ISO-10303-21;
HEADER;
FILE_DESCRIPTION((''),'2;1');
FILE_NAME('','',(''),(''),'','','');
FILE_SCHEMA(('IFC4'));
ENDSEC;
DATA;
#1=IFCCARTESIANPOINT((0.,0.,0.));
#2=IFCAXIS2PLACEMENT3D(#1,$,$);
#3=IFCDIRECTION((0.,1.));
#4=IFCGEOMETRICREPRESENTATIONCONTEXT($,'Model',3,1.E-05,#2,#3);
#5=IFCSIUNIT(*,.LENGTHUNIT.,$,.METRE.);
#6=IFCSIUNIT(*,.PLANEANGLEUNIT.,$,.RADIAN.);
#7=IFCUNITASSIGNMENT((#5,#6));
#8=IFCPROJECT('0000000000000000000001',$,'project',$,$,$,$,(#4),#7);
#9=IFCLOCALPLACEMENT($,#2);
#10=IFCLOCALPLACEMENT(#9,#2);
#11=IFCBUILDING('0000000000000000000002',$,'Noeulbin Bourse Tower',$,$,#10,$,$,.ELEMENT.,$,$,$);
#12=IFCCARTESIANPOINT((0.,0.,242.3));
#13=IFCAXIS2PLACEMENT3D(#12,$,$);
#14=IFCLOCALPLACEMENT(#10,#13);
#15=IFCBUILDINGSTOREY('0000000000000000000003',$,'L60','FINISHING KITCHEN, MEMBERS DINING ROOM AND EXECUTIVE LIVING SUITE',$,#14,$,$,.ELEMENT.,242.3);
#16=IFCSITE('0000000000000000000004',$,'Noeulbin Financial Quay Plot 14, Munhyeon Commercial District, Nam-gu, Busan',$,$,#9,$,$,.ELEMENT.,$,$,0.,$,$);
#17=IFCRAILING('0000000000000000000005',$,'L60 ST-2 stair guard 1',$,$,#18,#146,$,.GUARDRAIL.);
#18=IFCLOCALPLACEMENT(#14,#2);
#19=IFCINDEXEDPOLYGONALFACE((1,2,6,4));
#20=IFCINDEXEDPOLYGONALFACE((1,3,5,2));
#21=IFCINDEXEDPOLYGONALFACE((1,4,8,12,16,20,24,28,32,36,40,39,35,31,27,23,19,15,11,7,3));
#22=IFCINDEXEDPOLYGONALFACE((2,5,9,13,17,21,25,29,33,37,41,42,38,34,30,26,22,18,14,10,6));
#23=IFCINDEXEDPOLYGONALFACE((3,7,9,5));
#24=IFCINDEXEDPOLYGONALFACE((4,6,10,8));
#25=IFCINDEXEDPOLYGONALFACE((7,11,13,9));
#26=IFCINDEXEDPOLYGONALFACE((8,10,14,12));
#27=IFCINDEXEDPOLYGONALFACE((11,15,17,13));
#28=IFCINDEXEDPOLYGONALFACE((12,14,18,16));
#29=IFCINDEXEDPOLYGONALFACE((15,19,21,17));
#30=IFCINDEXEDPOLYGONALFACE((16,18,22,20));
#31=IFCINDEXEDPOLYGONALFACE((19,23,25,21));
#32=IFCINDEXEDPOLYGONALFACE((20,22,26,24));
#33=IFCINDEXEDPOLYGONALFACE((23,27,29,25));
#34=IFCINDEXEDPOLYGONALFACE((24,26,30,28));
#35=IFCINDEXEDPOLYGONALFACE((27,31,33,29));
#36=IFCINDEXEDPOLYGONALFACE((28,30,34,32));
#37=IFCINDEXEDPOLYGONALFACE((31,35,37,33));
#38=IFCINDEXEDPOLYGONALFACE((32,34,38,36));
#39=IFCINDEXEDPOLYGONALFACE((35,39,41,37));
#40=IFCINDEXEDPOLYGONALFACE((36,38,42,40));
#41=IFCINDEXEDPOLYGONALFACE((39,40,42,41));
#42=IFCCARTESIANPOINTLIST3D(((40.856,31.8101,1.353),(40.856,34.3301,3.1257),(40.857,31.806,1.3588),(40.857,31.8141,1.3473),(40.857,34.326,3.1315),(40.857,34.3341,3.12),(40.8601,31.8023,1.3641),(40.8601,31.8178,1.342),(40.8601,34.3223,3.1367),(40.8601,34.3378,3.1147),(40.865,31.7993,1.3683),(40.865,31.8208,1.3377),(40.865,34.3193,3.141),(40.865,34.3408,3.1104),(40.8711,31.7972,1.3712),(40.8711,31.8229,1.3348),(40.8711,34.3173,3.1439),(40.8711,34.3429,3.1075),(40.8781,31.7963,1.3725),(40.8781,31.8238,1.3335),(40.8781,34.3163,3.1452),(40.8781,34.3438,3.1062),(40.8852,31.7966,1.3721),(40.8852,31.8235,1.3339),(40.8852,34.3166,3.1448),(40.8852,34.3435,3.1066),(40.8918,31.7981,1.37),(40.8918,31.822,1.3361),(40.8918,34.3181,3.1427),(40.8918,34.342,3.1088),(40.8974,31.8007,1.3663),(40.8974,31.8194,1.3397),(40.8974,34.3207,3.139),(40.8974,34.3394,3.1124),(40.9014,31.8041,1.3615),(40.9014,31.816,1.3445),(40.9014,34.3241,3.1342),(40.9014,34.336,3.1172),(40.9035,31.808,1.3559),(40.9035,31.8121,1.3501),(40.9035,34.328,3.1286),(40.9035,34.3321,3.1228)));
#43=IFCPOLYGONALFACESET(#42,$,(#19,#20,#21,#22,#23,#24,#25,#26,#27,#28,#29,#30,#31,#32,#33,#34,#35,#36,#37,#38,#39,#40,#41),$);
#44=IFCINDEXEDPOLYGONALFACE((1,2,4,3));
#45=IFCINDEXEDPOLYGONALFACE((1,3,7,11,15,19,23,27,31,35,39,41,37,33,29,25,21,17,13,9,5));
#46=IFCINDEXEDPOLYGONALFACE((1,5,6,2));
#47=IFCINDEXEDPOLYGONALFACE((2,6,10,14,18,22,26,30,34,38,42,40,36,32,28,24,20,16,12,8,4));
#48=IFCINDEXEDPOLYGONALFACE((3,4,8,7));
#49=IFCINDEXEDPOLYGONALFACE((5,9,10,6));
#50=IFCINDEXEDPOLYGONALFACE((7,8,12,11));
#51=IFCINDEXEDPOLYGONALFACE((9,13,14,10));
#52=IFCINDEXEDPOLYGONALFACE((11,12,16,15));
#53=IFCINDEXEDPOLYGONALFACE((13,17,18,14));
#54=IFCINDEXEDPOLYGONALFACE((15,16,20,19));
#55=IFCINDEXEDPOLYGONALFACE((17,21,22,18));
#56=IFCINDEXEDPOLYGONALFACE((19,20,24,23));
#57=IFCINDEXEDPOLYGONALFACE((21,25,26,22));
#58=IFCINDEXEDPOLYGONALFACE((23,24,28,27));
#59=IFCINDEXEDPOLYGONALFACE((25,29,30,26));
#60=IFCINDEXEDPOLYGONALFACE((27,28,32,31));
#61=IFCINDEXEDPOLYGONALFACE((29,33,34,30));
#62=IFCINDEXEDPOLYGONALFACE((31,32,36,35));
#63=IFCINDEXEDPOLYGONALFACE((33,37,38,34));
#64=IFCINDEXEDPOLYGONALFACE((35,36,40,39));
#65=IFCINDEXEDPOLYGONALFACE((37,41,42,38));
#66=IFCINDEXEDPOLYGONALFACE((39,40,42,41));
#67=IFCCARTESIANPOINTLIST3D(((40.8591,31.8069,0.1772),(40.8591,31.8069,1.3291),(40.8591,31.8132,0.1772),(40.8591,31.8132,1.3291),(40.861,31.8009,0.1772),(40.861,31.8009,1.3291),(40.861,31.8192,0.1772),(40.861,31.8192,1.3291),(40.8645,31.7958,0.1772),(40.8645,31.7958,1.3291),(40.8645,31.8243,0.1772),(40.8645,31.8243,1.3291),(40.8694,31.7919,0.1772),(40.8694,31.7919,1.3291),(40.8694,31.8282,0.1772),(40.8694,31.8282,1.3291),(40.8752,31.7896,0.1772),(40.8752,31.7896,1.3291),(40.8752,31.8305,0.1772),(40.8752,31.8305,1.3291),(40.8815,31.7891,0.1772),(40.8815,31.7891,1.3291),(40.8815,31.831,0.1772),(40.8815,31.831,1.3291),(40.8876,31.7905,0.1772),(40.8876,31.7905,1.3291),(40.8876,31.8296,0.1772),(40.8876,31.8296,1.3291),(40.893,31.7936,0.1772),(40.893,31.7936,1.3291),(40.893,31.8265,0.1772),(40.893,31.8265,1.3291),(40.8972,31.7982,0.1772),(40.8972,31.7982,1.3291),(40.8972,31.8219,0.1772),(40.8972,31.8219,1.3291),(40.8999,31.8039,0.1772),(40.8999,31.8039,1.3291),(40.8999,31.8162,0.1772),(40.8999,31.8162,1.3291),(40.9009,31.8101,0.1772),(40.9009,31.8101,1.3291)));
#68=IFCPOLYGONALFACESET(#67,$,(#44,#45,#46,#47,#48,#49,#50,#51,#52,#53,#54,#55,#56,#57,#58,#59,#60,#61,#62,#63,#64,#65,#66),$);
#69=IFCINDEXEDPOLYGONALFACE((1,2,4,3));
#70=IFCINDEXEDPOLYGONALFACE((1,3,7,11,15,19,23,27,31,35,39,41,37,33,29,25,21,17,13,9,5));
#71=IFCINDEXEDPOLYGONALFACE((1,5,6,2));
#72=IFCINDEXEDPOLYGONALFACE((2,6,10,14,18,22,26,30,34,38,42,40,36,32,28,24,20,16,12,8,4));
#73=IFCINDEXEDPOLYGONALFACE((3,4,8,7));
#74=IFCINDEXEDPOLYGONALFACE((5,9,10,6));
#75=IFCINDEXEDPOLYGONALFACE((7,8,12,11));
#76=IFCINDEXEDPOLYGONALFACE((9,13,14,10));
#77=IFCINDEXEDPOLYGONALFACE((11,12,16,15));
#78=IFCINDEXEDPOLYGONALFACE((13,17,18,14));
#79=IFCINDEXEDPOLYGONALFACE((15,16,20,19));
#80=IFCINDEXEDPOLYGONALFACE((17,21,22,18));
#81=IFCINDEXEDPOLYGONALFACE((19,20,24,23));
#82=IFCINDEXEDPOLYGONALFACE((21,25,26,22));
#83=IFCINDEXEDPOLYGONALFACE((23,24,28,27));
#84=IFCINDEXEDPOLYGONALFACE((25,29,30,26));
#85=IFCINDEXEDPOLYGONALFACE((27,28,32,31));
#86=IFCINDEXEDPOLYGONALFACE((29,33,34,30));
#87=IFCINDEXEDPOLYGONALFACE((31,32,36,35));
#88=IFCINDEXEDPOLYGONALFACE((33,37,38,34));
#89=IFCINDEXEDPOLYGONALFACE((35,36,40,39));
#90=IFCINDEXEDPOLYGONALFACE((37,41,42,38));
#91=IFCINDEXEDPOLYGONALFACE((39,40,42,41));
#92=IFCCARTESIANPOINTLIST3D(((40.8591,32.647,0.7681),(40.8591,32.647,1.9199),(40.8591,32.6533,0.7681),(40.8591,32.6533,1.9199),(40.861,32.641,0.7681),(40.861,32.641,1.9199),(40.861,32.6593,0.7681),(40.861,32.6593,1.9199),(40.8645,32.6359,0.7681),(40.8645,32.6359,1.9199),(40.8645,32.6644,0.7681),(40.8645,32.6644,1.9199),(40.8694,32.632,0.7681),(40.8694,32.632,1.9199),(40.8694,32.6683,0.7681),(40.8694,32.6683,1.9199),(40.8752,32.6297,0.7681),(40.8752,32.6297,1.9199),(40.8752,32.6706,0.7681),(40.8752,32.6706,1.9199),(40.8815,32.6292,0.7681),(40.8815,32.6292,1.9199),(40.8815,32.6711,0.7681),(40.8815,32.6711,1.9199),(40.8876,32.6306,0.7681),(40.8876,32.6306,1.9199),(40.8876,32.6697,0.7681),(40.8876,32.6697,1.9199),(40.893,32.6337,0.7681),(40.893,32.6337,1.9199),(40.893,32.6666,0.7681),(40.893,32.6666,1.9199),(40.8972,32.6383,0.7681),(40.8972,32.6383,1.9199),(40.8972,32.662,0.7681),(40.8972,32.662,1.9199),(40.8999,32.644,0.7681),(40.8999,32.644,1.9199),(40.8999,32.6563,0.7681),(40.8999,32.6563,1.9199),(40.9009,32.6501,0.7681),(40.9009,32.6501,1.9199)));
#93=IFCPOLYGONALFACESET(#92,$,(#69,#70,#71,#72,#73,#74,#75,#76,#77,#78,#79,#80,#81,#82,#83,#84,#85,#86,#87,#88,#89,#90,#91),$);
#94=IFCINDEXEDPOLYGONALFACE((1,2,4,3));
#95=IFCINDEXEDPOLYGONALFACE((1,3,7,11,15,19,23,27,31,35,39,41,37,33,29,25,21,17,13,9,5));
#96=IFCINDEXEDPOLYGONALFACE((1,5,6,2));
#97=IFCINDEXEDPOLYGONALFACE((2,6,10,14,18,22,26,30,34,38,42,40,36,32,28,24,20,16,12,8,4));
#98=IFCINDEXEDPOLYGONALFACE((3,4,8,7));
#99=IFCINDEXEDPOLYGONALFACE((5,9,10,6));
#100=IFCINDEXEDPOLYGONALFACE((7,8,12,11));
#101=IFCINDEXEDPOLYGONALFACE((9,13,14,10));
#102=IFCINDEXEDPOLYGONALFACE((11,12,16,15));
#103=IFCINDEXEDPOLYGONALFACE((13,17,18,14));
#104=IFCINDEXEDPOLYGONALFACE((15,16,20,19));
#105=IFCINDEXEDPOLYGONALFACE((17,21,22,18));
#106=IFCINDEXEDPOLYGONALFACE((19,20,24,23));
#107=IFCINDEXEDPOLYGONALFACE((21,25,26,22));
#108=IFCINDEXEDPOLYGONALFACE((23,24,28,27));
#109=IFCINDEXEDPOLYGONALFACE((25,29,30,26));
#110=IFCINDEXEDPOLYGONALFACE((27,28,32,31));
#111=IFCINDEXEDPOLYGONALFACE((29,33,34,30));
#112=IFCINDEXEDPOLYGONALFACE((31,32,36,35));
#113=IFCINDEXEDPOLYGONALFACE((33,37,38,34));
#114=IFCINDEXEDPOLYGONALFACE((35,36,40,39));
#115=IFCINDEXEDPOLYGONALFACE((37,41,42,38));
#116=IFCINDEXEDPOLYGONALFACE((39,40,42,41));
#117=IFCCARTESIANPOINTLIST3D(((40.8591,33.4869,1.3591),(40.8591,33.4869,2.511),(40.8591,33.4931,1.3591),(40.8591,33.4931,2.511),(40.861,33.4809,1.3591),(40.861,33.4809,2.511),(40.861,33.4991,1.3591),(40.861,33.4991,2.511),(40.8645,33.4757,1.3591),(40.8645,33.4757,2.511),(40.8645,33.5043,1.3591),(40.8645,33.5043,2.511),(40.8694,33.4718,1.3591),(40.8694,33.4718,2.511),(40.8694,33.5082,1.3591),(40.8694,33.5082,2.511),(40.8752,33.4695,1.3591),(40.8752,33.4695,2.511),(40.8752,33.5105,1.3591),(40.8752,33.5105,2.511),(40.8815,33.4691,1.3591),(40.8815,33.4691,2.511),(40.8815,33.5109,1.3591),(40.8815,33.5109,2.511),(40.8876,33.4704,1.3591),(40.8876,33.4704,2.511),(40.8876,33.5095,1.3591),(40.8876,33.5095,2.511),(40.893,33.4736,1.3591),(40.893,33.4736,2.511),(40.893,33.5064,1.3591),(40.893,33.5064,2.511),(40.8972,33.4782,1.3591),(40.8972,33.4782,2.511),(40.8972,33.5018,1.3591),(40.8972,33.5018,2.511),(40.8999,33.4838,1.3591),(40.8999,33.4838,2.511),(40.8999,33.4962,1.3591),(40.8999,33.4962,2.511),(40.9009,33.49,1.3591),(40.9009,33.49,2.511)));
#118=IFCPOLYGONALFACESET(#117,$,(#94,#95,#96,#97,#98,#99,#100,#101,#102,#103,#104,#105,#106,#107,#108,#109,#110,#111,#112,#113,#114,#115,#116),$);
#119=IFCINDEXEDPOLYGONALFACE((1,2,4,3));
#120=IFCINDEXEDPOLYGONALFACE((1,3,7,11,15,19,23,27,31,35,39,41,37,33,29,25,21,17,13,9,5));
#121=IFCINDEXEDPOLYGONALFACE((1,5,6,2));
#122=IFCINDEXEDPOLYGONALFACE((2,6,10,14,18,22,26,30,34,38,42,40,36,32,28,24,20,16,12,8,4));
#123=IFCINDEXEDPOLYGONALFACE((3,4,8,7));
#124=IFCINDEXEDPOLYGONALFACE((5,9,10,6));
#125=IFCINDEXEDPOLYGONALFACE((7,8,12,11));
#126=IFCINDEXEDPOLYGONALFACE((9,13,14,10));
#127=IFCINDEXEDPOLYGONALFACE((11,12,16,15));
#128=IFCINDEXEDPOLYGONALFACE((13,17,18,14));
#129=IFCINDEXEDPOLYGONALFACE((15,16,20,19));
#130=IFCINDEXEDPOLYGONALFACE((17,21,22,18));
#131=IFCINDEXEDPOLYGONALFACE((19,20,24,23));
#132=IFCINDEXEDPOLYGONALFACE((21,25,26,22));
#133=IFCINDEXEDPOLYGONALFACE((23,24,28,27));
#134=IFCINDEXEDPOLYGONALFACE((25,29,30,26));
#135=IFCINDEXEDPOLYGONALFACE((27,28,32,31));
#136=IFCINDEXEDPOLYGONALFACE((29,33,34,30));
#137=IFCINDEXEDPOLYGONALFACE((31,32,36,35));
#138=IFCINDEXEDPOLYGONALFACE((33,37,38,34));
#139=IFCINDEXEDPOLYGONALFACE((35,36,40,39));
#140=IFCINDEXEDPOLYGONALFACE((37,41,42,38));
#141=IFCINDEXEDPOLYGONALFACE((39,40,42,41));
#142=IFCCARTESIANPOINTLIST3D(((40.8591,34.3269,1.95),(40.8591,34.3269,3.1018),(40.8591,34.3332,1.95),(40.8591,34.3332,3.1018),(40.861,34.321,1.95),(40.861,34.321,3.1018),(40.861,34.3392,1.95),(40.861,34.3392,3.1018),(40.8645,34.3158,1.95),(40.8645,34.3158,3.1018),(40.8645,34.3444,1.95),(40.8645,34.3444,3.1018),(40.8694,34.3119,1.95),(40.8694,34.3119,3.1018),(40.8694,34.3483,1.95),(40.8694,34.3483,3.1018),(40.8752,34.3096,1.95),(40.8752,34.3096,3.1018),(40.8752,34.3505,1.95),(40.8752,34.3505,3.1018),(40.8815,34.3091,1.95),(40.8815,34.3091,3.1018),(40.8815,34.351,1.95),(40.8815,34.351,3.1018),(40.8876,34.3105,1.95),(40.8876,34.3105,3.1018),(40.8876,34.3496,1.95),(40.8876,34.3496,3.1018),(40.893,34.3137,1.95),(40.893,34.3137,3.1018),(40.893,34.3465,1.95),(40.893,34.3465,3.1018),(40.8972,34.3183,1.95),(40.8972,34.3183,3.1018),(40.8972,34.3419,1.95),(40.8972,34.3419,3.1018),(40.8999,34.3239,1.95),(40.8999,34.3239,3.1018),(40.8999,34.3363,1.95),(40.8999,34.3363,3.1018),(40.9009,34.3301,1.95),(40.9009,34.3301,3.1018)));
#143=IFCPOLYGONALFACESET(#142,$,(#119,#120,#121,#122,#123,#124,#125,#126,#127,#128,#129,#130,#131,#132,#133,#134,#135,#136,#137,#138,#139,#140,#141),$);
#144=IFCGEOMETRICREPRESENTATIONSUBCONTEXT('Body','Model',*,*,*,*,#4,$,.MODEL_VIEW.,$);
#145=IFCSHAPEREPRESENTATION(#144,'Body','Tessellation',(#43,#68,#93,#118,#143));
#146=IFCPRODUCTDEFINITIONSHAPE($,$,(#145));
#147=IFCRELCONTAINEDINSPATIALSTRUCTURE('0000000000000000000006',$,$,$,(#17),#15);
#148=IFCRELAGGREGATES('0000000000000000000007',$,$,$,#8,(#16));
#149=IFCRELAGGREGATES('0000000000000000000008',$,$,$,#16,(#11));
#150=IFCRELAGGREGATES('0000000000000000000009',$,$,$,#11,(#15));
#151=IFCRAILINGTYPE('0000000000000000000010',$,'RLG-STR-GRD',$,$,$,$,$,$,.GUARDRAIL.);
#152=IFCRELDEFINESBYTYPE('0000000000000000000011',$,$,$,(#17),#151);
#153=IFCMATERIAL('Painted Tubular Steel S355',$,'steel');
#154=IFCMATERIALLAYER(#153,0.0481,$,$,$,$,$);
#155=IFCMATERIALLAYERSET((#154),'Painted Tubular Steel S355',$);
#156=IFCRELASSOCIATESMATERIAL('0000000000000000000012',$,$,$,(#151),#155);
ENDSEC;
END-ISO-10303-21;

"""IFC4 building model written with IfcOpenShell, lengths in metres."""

from ifc_helpers import new_model, si_unit, direction, frame, origin, origin_2d, place, context, subcontext, project, spatial, circle, extrude, material, layer, layer_set, type_object, element, save


model = new_model("IFC4")

# Units and contexts
model_context = context("Model", 3, precision=1e-05, world=origin(), true_north=direction((0.0, 1.0)))
body_context = subcontext(model_context, "Body", "Model", "MODEL_VIEW")
ifc_project = project(units=[si_unit("LENGTHUNIT", "METRE"), si_unit("PLANEANGLEUNIT", "RADIAN")], contexts=[model_context])

# Site, building, storey
site_placement = place(None, origin())
site = spatial("IfcSite", under=ifc_project, at=site_placement, Name="Noeulbin Financial Quay Plot 14, Munhyeon Commercial District, Nam-gu, Busan", CompositionType="ELEMENT", RefElevation=0.0)
building_placement = place(site_placement, origin())
building = spatial("IfcBuilding", under=site, at=building_placement, Name="Noeulbin Bourse Tower", CompositionType="ELEMENT")
storey_placement = place(building_placement, frame((0.0, 0.0, 242.3)))
storey = spatial("IfcBuildingStorey", under=building, at=storey_placement, Name="L60", Description="FINISHING KITCHEN, MEMBERS DINING ROOM AND EXECUTIVE LIVING SUITE", CompositionType="ELEMENT", Elevation=242.3)

# Railing
ifc_material_1 = material(Name="Painted Tubular Steel S355", Category="steel")
ifc_layer_1 = layer(ifc_material_1, 0.0481)
ifc_layer_set_1 = layer_set([ifc_layer_1], Name="Painted Tubular Steel S355")
railing_type_1 = type_object("IfcRailingType", Name="RLG-STR-GRD", PredefinedType="GUARDRAIL", material=ifc_layer_set_1)
railing_1_placement = place(storey_placement, frame((40.8799, 31.8101, 0.1772)))
element("IfcRailing", 1, at=railing_1_placement, inside=storey, type_object=railing_type_1, Name="L60 ST-2 stair guard 1", PredefinedType="GUARDRAIL", context=body_context, shape_type="SweptSolid", body=[
    extrude(circle(Radius=0.0239, at=origin_2d()), frame((0.0, 0.0, 1.1758), z_axis=(0.0, 0.817904, 0.575354), x_axis=(-1.0, 0.0, 0.0)), (0.0, 0.0, 1.0), 3.0811),
    extrude(circle(Radius=0.021, at=origin_2d()), origin(), (0.0, 0.0, 1.0), 1.1519),
    extrude(circle(Radius=0.021, at=origin_2d()), frame((0.0, 0.8401, 0.5908)), (0.0, 0.0, 1.0), 1.1519),
    extrude(circle(Radius=0.021, at=origin_2d()), frame((0.0, 1.6799, 1.1819)), (0.0, 0.0, 1.0), 1.1519),
    extrude(circle(Radius=0.021, at=origin_2d()), frame((0.0, 2.52, 1.7727)), (0.0, 0.0, 1.0), 1.1519),
])

save(model, "model.ifc")
